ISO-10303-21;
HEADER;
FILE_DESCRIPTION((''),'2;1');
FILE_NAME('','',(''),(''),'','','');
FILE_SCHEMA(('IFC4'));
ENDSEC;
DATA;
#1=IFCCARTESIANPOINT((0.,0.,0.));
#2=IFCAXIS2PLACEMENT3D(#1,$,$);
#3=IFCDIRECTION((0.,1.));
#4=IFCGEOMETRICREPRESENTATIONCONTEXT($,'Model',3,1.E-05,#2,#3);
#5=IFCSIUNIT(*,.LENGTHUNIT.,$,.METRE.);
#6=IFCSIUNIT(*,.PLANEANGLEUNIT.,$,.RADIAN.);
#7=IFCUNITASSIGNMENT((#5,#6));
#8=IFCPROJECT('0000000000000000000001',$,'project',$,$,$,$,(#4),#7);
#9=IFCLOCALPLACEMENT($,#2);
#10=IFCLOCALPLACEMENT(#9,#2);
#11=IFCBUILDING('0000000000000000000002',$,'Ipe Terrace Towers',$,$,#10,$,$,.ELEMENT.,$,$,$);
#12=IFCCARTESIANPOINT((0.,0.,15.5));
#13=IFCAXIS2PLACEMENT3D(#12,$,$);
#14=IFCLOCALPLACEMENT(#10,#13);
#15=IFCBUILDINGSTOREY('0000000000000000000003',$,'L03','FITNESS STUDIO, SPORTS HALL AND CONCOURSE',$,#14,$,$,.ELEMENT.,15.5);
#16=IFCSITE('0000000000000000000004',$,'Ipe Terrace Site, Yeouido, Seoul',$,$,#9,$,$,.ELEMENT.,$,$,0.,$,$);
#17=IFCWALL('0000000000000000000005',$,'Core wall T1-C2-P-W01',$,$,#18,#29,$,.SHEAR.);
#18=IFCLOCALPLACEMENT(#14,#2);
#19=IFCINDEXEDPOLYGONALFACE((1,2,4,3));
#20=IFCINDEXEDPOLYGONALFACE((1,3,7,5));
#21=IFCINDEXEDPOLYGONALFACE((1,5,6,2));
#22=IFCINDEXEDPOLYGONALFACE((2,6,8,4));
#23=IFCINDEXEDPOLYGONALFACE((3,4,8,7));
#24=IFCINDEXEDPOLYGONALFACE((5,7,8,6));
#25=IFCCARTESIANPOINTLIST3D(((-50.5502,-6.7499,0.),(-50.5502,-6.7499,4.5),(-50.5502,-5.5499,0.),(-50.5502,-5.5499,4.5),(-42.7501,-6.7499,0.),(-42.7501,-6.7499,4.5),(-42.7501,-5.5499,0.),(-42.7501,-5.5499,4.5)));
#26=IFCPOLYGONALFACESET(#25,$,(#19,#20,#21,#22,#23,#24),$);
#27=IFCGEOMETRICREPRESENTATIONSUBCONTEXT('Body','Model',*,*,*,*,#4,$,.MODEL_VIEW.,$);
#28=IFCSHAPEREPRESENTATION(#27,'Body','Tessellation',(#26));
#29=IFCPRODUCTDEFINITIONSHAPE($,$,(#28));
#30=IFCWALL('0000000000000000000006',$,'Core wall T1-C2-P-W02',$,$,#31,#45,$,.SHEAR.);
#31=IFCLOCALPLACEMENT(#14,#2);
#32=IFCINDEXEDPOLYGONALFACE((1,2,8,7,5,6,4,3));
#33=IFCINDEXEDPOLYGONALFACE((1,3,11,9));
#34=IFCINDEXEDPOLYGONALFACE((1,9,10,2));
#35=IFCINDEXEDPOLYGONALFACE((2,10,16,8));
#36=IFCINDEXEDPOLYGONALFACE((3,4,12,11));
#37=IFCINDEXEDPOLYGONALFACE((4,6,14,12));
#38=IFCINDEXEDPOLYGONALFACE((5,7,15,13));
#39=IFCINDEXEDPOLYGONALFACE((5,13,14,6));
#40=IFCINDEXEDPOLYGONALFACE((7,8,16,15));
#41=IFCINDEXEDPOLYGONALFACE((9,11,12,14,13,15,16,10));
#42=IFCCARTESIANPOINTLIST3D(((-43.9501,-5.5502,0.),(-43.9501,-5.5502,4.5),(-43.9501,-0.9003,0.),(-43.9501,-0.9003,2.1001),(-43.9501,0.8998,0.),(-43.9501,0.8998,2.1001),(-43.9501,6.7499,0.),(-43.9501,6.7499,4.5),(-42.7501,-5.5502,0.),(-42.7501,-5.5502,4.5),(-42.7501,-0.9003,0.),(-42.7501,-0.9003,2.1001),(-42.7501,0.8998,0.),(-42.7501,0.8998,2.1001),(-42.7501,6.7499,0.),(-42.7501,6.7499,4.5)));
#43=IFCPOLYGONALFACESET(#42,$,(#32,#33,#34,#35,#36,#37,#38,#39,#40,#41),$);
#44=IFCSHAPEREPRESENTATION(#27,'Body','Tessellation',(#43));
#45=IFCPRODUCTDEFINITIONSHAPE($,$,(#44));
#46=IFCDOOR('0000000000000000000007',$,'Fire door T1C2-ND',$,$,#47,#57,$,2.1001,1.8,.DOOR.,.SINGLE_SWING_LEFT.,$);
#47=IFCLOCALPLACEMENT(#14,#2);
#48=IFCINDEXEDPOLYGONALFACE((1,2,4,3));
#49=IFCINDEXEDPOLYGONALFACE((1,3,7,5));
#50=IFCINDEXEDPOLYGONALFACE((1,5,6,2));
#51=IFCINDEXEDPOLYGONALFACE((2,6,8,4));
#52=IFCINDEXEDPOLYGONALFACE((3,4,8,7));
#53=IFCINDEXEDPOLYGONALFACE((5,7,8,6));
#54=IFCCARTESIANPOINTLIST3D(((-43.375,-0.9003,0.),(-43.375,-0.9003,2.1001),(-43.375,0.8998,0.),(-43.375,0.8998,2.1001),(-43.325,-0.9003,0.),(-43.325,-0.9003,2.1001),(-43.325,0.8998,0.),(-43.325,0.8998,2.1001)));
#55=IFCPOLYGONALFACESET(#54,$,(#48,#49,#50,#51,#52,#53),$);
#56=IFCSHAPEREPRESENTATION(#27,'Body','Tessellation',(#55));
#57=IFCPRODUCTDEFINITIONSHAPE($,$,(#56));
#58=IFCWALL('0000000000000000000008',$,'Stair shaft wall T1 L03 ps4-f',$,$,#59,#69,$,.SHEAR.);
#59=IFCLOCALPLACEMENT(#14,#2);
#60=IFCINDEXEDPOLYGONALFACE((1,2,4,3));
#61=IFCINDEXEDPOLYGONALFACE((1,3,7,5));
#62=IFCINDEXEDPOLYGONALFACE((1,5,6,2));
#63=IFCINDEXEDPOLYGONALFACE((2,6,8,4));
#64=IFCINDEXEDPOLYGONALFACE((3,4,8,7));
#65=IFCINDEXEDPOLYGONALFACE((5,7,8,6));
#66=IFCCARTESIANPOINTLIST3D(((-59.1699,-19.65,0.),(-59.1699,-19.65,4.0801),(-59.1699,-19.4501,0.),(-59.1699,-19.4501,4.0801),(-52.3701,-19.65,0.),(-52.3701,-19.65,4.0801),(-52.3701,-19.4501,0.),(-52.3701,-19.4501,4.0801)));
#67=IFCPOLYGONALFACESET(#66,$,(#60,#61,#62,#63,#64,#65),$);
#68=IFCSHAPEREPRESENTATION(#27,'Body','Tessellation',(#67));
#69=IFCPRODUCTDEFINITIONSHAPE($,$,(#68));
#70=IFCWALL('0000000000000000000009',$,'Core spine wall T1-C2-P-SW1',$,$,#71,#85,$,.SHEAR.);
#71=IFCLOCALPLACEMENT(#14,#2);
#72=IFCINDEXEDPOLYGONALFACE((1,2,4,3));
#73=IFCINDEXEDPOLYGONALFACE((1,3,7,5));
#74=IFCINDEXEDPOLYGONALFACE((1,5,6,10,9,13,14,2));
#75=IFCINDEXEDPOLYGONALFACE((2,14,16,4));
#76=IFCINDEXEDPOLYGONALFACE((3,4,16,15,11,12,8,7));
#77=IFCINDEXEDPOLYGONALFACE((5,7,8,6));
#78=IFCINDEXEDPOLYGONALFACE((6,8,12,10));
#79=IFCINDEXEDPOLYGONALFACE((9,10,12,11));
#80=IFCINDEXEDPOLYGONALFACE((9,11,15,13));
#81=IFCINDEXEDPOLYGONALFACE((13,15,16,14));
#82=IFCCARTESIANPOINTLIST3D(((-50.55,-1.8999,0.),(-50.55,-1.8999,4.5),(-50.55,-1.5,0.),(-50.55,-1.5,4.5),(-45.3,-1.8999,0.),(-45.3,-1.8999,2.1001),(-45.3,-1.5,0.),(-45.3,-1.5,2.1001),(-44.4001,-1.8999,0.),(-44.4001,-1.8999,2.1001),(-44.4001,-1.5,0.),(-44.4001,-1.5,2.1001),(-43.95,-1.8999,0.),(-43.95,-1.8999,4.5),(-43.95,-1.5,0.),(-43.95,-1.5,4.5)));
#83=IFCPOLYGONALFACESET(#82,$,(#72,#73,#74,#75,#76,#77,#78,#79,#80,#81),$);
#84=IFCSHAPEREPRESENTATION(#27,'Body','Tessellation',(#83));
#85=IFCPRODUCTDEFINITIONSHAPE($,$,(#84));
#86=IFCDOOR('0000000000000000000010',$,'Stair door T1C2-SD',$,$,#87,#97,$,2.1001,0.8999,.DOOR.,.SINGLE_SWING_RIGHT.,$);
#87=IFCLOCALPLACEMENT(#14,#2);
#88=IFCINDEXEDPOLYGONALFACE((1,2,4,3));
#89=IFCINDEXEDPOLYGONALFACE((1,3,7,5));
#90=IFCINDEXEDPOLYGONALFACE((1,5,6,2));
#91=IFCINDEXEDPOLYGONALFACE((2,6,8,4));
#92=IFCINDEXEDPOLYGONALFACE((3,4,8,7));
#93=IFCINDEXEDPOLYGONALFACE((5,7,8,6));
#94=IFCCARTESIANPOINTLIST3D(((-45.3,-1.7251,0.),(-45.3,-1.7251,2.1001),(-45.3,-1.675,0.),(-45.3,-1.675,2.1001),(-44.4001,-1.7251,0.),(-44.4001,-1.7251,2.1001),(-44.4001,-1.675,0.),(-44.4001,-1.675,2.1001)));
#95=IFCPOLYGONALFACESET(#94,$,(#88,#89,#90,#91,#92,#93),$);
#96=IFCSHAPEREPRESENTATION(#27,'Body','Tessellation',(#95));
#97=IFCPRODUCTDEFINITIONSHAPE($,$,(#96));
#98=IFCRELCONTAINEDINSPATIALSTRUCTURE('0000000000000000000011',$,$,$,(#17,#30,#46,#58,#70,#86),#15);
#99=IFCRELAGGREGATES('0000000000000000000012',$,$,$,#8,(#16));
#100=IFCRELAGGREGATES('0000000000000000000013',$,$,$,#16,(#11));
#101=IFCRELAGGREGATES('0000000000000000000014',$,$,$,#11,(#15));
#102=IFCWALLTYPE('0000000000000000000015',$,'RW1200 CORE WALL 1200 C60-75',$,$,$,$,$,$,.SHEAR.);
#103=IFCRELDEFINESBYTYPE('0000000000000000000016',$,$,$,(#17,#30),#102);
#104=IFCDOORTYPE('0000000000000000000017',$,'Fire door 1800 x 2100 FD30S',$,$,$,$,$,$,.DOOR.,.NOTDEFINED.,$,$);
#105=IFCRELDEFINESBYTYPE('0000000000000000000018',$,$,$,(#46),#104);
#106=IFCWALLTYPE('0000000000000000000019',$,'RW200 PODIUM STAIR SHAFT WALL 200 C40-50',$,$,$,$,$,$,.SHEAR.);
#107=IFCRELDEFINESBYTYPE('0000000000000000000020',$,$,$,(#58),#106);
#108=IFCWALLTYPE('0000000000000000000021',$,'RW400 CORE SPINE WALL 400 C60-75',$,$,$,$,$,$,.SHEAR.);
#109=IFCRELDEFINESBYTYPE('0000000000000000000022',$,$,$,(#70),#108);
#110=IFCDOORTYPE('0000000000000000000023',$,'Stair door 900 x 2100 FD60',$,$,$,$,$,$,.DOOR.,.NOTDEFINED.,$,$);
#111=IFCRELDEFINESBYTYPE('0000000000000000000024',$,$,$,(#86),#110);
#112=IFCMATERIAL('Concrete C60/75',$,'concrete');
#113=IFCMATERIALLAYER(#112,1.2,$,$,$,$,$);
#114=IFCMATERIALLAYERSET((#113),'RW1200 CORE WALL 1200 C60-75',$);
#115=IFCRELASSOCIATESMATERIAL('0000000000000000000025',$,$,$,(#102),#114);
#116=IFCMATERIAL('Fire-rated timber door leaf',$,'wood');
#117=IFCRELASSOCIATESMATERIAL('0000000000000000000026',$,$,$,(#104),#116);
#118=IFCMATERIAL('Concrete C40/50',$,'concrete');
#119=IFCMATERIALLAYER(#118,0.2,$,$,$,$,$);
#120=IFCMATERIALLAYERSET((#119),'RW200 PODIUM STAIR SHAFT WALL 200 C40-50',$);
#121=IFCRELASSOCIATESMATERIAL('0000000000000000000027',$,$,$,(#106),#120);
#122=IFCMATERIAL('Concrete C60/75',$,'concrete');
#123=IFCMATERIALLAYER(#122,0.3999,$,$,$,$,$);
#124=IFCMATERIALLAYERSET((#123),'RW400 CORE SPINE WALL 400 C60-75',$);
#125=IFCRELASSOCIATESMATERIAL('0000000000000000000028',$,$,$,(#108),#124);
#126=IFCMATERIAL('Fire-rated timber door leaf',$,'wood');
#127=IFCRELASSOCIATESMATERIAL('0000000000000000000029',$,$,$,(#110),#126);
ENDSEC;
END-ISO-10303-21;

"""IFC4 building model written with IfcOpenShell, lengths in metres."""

from ifc_helpers import new_model, si_unit, direction, frame, frame_2d, origin, place, context, subcontext, project, spatial, rectangle, extrude, material, layer, layer_set, type_object, element, fill, save


model = new_model("IFC4")

# Units and contexts
model_context = context("Model", 3, precision=1e-05, world=origin(), true_north=direction((0.0, 1.0)))
body_context = subcontext(model_context, "Body", "Model", "MODEL_VIEW")
ifc_project = project(units=[si_unit("LENGTHUNIT", "METRE"), si_unit("PLANEANGLEUNIT", "RADIAN")], contexts=[model_context])

# Site, building, storey
site_placement = place(None, origin())
site = spatial("IfcSite", under=ifc_project, at=site_placement, Name="Ipe Terrace Site, Yeouido, Seoul", CompositionType="ELEMENT", RefElevation=0.0)
building_placement = place(site_placement, origin())
building = spatial("IfcBuilding", under=site, at=building_placement, Name="Ipe Terrace Towers", CompositionType="ELEMENT")
storey_placement = place(building_placement, frame((0.0, 0.0, 15.5)))
storey = spatial("IfcBuildingStorey", under=building, at=storey_placement, Name="L03", Description="FITNESS STUDIO, SPORTS HALL AND CONCOURSE", CompositionType="ELEMENT", Elevation=15.5)

# Wall
ifc_material_1 = material(Name="Concrete C60/75", Category="concrete")
ifc_layer_1 = layer(ifc_material_1, 1.2)
ifc_layer_set_1 = layer_set([ifc_layer_1], Name="RW1200 CORE WALL 1200 C60-75")
wall_type_1 = type_object("IfcWallType", Name="RW1200 CORE WALL 1200 C60-75", PredefinedType="SHEAR", material=ifc_layer_set_1)
wall_1_placement = place(storey_placement, frame((-50.55, -6.1499, 0.0), z_axis=(0.0, 0.0, 1.0), x_axis=(1.0, 0.0, 0.0)))
element("IfcWall", 1, at=wall_1_placement, inside=storey, type_object=wall_type_1, Name="Core wall T1-C2-P-W01", PredefinedType="SHEAR", context=body_context, shape_type="SweptSolid", body=[
    extrude(rectangle(XDim=7.8, YDim=1.2, at=frame_2d((3.8999, 0.0))), origin(), (0.0, 0.0, 1.0), 4.5),
])

# Wall, opening, door
wall_2_placement = place(storey_placement, frame((-43.3501, -5.55, 0.0), z_axis=(0.0, 0.0, 1.0), x_axis=(0.0, 1.0, 0.0)))
wall_2 = element("IfcWall", 2, at=wall_2_placement, inside=storey, type_object=wall_type_1, Name="Core wall T1-C2-P-W02", PredefinedType="SHEAR", context=body_context, shape_type="SweptSolid", body=[
    extrude(rectangle(XDim=12.3, YDim=1.2, at=frame_2d((6.1499, 0.0))), origin(), (0.0, 0.0, 1.0), 4.5),
])
opening_1_placement = place(wall_2_placement, frame((4.6499, 0.0, 0.0)))
opening_1 = element("IfcOpeningElement", 3, at=opening_1_placement, cuts=wall_2, PredefinedType="OPENING", context=body_context, shape_type="SweptSolid", body=[
    extrude(rectangle(XDim=1.8, YDim=2.1001, at=frame_2d((0.8999, 1.05))), frame((0.0, 0.6099, 0.0), z_axis=(0.0, -1.0, 0.0), x_axis=(1.0, 0.0, 0.0)), (0.0, 0.0, 1.0), 1.22),
])
ifc_material_2 = material(Name="Fire-rated timber door leaf", Category="wood")
door_type_1 = type_object("IfcDoorType", Name="Fire door 1800 x 2100 FD30S", OperationType="NOTDEFINED", PredefinedType="DOOR", material=ifc_material_2)
door_1_placement = place(opening_1_placement, origin())
door_1 = element("IfcDoor", 4, at=door_1_placement, inside=storey, type_object=door_type_1, Name="Fire door T1C2-ND", OperationType="SINGLE_SWING_LEFT", OverallHeight=2.1001, OverallWidth=1.8, PredefinedType="DOOR", context=body_context, shape_type="SweptSolid", body=[
    extrude(rectangle(XDim=1.8, YDim=2.1001, at=frame_2d((0.8999, 1.05))), frame((0.0, 0.0249, 0.0), z_axis=(0.0, -1.0, 0.0), x_axis=(1.0, 0.0, 0.0)), (0.0, 0.0, 1.0), 0.05),
])
fill(opening_1, door_1)

# Wall
ifc_material_3 = material(Name="Concrete C40/50", Category="concrete")
ifc_layer_2 = layer(ifc_material_3, 0.2)
ifc_layer_set_2 = layer_set([ifc_layer_2], Name="RW200 PODIUM STAIR SHAFT WALL 200 C40-50")
wall_type_2 = type_object("IfcWallType", Name="RW200 PODIUM STAIR SHAFT WALL 200 C40-50", PredefinedType="SHEAR", material=ifc_layer_set_2)
wall_3_placement = place(storey_placement, frame((-59.1699, -19.55, 0.0), z_axis=(0.0, 0.0, 1.0), x_axis=(1.0, 0.0, 0.0)))
element("IfcWall", 5, at=wall_3_placement, inside=storey, type_object=wall_type_2, Name="Stair shaft wall T1 L03 ps4-f", PredefinedType="SHEAR", context=body_context, shape_type="SweptSolid", body=[
    extrude(rectangle(XDim=6.7998, YDim=0.2, at=frame_2d((3.3999, 0.0))), origin(), (0.0, 0.0, 1.0), 4.0801),
])

# Wall, opening, door
ifc_material_4 = material(Name="Concrete C60/75", Category="concrete")
ifc_layer_3 = layer(ifc_material_4, 0.3999)
ifc_layer_set_3 = layer_set([ifc_layer_3], Name="RW400 CORE SPINE WALL 400 C60-75")
wall_type_3 = type_object("IfcWallType", Name="RW400 CORE SPINE WALL 400 C60-75", PredefinedType="SHEAR", material=ifc_layer_set_3)
wall_4_placement = place(storey_placement, frame((-50.55, -1.7, 0.0), z_axis=(0.0, 0.0, 1.0), x_axis=(1.0, 0.0, 0.0)))
wall_4 = element("IfcWall", 6, at=wall_4_placement, inside=storey, type_object=wall_type_3, Name="Core spine wall T1-C2-P-SW1", PredefinedType="SHEAR", context=body_context, shape_type="SweptSolid", body=[
    extrude(rectangle(XDim=6.6001, YDim=0.3999, at=frame_2d((3.3, 0.0))), origin(), (0.0, 0.0, 1.0), 4.5),
])
opening_2_placement = place(wall_4_placement, frame((5.25, 0.0, 0.0)))
opening_2 = element("IfcOpeningElement", 7, at=opening_2_placement, cuts=wall_4, PredefinedType="OPENING", context=body_context, shape_type="SweptSolid", body=[
    extrude(rectangle(XDim=0.8999, YDim=2.1001, at=frame_2d((0.45, 1.05))), frame((0.0, 0.21, 0.0), z_axis=(0.0, -1.0, 0.0), x_axis=(1.0, 0.0, 0.0)), (0.0, 0.0, 1.0), 0.4199),
])
ifc_material_5 = material(Name="Fire-rated timber door leaf", Category="wood")
door_type_2 = type_object("IfcDoorType", Name="Stair door 900 x 2100 FD60", OperationType="NOTDEFINED", PredefinedType="DOOR", material=ifc_material_5)
door_2_placement = place(opening_2_placement, origin())
door_2 = element("IfcDoor", 8, at=door_2_placement, inside=storey, type_object=door_type_2, Name="Stair door T1C2-SD", OperationType="SINGLE_SWING_RIGHT", OverallHeight=2.1001, OverallWidth=0.8999, PredefinedType="DOOR", context=body_context, shape_type="SweptSolid", body=[
    extrude(rectangle(XDim=0.8999, YDim=2.1001, at=frame_2d((0.45, 1.05))), frame((0.0, 0.0249, 0.0), z_axis=(0.0, -1.0, 0.0), x_axis=(1.0, 0.0, 0.0)), (0.0, 0.0, 1.0), 0.05),
])
fill(opening_2, door_2)

save(model, "model.ifc")
